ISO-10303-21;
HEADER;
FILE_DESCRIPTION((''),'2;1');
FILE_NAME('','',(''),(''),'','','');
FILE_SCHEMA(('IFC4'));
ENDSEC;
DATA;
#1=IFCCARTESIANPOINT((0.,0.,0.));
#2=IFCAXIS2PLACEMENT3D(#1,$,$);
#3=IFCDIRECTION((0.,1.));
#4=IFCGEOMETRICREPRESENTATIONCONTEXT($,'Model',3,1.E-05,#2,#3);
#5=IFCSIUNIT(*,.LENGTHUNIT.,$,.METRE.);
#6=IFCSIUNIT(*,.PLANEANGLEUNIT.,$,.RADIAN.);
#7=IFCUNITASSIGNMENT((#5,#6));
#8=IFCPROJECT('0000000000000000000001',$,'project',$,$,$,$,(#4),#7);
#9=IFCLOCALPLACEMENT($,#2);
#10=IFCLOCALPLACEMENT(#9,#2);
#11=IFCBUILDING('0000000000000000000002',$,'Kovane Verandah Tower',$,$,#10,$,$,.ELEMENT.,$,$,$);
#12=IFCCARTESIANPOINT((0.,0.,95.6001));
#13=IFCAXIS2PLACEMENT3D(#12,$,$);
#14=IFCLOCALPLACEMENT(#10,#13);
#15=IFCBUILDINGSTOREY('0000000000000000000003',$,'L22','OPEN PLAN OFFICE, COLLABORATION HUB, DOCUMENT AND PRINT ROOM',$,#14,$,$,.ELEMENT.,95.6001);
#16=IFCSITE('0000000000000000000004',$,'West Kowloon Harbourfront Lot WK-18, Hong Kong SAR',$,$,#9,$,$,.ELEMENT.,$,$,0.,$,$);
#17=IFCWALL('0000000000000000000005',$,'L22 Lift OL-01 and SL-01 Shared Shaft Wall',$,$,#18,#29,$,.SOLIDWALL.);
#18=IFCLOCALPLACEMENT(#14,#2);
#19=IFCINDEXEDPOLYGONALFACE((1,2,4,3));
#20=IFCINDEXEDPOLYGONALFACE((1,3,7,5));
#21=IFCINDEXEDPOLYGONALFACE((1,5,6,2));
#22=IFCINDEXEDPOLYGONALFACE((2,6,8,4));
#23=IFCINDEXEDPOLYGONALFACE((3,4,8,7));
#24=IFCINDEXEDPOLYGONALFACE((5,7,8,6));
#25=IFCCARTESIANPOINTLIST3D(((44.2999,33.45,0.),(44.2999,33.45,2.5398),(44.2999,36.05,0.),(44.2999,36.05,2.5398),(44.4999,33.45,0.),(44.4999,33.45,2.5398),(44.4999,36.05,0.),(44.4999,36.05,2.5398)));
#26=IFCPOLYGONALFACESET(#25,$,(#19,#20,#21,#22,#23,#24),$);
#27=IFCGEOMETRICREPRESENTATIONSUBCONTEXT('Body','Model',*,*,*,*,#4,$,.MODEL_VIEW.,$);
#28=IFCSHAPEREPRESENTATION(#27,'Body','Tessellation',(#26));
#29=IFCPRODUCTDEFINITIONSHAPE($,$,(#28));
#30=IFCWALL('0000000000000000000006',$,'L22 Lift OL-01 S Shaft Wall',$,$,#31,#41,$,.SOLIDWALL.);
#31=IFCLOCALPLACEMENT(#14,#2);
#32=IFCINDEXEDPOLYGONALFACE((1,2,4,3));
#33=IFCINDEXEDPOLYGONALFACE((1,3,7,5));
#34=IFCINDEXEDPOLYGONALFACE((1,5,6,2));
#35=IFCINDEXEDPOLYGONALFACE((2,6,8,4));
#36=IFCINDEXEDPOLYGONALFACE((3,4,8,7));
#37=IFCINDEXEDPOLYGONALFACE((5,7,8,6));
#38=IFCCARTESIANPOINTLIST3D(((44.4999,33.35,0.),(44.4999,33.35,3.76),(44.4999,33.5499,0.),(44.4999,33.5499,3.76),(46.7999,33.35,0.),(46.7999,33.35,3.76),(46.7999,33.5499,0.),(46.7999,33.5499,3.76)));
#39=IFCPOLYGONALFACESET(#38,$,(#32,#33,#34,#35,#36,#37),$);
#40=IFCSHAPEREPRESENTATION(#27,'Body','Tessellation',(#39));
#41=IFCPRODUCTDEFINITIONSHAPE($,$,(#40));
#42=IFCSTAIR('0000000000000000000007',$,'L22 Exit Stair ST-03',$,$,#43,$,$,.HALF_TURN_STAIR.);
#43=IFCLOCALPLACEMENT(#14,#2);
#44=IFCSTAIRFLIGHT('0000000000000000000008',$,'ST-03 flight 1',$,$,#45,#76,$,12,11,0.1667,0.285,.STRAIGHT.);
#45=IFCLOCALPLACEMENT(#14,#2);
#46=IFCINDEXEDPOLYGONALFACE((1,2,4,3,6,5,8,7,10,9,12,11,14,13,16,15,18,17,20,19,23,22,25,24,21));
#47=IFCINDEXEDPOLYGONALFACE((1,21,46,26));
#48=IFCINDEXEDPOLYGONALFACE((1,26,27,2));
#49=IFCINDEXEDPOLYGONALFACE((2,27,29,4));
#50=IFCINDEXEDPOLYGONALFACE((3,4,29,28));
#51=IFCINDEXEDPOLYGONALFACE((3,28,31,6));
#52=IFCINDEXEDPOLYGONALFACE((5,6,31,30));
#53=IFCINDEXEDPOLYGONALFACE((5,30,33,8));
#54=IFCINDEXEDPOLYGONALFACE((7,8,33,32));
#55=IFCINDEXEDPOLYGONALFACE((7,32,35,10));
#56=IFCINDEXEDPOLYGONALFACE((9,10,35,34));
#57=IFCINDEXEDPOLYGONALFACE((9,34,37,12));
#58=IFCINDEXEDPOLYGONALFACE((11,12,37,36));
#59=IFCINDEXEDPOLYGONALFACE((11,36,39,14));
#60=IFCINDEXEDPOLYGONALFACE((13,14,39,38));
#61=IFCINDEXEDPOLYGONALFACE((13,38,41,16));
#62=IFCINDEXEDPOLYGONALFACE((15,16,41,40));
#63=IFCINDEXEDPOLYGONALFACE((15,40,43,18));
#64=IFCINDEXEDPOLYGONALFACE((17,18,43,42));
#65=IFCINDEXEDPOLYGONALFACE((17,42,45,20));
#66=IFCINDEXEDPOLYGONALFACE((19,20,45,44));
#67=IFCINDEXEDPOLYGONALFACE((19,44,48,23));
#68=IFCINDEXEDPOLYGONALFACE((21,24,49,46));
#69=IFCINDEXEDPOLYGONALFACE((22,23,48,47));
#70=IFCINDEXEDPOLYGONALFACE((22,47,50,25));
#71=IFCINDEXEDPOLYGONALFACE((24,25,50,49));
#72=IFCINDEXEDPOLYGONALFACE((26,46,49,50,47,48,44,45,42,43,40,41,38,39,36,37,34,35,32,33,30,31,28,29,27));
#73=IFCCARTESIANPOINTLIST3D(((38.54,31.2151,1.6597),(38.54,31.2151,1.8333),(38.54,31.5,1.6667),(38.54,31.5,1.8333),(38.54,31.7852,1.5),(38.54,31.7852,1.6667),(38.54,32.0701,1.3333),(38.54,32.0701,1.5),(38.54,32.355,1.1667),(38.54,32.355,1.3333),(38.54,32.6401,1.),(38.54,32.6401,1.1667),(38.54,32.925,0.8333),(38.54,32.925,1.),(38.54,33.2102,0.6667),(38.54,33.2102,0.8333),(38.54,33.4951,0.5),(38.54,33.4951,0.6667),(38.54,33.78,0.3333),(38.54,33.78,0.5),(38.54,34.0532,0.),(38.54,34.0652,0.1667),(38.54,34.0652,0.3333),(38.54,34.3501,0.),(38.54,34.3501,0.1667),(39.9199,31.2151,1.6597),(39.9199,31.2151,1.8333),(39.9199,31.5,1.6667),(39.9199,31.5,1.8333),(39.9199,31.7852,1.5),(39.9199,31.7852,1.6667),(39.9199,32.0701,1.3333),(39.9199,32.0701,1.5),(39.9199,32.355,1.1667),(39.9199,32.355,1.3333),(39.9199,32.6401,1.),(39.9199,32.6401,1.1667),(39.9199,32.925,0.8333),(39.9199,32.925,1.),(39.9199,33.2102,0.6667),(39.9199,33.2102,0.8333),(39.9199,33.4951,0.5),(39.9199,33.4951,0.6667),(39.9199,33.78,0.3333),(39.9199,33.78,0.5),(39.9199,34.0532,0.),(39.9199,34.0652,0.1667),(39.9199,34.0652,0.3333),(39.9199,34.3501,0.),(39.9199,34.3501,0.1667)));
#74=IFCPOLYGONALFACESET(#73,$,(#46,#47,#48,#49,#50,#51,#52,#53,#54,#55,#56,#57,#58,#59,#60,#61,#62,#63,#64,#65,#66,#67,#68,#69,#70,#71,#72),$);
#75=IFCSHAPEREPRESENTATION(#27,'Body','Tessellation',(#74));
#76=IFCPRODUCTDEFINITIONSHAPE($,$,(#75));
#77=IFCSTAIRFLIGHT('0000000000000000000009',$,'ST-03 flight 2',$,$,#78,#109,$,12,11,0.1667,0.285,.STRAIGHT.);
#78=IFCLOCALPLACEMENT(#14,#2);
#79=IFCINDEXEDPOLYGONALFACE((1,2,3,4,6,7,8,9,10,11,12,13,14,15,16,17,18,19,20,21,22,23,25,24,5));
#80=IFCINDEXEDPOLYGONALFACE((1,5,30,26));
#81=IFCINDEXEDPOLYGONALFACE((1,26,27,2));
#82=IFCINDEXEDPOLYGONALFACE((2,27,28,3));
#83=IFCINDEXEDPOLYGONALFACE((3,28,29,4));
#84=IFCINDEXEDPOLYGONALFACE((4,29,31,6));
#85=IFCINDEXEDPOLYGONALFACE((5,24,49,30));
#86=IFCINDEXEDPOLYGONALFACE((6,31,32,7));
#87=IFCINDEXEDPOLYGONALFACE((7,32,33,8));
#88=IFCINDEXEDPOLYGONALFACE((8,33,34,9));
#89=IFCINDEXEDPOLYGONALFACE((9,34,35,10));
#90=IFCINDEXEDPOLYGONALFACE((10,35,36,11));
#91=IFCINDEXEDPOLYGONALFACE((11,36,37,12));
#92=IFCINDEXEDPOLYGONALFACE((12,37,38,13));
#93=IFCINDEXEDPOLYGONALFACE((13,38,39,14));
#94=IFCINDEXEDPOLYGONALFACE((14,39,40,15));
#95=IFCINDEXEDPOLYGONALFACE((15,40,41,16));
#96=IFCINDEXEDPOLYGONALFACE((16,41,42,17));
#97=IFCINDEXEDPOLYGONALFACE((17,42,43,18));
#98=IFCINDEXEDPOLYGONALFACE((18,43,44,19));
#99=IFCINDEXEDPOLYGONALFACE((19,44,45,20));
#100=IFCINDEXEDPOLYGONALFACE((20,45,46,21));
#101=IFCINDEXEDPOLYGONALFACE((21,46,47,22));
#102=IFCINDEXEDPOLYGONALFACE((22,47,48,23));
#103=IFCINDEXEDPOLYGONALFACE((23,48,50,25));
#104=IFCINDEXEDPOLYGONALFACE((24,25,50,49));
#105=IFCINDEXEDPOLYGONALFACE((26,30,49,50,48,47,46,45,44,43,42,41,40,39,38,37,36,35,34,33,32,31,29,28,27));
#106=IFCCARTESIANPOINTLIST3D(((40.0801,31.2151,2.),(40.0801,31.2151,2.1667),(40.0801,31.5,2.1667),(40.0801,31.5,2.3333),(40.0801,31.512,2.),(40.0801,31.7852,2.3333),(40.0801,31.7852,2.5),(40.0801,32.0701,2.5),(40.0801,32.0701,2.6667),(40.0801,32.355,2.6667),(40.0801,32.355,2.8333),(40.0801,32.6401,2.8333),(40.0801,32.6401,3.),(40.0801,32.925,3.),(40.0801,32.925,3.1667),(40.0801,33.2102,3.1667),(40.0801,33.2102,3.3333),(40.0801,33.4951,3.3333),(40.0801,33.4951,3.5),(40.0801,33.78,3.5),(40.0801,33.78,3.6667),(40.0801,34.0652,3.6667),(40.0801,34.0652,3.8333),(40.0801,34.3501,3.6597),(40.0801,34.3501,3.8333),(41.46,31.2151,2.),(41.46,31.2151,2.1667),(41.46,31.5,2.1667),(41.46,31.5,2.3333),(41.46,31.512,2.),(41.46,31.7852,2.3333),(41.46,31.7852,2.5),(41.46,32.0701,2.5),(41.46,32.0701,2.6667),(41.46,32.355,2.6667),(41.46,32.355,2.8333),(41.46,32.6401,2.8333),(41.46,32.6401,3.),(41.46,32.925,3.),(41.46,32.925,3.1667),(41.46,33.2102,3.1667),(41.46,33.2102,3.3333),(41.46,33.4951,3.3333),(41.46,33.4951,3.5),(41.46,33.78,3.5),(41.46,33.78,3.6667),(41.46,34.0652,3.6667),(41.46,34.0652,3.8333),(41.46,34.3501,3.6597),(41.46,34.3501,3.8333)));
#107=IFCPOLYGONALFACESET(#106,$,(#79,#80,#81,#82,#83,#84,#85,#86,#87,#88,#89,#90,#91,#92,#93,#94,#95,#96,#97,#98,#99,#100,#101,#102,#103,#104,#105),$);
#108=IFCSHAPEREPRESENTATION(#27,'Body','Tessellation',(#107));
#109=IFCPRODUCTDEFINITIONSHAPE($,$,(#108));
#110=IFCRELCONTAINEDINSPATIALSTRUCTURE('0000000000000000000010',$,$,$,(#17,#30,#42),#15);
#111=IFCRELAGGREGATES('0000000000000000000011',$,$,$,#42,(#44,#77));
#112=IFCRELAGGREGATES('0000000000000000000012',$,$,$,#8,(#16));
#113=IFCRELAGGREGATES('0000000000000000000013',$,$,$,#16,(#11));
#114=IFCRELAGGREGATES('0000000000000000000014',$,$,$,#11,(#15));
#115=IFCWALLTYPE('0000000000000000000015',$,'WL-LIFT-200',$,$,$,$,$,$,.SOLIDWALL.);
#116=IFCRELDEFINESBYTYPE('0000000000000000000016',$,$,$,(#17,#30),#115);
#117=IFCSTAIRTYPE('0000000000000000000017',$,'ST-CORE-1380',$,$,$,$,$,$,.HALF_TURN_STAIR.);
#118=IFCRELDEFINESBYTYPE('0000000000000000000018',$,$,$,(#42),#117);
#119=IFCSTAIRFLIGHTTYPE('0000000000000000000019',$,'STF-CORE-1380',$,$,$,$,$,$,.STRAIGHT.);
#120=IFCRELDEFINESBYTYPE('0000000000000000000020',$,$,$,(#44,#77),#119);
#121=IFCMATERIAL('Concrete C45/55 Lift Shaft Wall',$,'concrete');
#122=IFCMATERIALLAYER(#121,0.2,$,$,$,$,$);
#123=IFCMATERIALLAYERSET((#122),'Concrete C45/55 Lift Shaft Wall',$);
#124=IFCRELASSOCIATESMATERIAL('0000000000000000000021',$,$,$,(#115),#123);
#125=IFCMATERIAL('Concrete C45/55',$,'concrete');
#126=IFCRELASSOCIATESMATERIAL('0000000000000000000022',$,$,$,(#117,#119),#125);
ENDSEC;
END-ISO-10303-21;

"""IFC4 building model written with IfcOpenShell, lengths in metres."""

from ifc_helpers import new_model, si_unit, direction, frame, frame_2d, origin, place, context, subcontext, project, spatial, polyline, rectangle, outline, extrude, material, layer, layer_set, type_object, element, aggregate, save


model = new_model("IFC4")

# Units and contexts
model_context = context("Model", 3, precision=1e-05, world=origin(), true_north=direction((0.0, 1.0)))
body_context = subcontext(model_context, "Body", "Model", "MODEL_VIEW")
ifc_project = project(units=[si_unit("LENGTHUNIT", "METRE"), si_unit("PLANEANGLEUNIT", "RADIAN")], contexts=[model_context])

# Site, building, storey
site_placement = place(None, origin())
site = spatial("IfcSite", under=ifc_project, at=site_placement, Name="West Kowloon Harbourfront Lot WK-18, Hong Kong SAR", CompositionType="ELEMENT", RefElevation=0.0)
building_placement = place(site_placement, origin())
building = spatial("IfcBuilding", under=site, at=building_placement, Name="Kovane Verandah Tower", CompositionType="ELEMENT")
storey_placement = place(building_placement, frame((0.0, 0.0, 95.6001)))
storey = spatial("IfcBuildingStorey", under=building, at=storey_placement, Name="L22", Description="OPEN PLAN OFFICE, COLLABORATION HUB, DOCUMENT AND PRINT ROOM", CompositionType="ELEMENT", Elevation=95.6001)

# Walls
ifc_material_1 = material(Name="Concrete C45/55 Lift Shaft Wall", Category="concrete")
ifc_layer_1 = layer(ifc_material_1, 0.2)
ifc_layer_set_1 = layer_set([ifc_layer_1], Name="Concrete C45/55 Lift Shaft Wall")
wall_type_1 = type_object("IfcWallType", Name="WL-LIFT-200", PredefinedType="SOLIDWALL", material=ifc_layer_set_1)
for number, where, z_axis, x_axis, name in (
    (1, (44.3999, 33.45, 0.0), (0.0, 0.0, 1.0), (0.0, 1.0, 0.0), "L22 Lift OL-01 and SL-01 Shared Shaft Wall"),
):
    element("IfcWall", number, at=place(storey_placement, frame(where, z_axis=z_axis, x_axis=x_axis)), inside=storey, type_object=wall_type_1, Name=name, PredefinedType="SOLIDWALL", context=body_context, shape_type="SweptSolid", body=[
        extrude(rectangle(XDim=2.6001, YDim=0.2, at=frame_2d((1.3, 0.0))), origin(), (0.0, 0.0, 1.0), 2.5398),
    ])
wall_1_placement = place(storey_placement, frame((44.5, 33.45, 0.0), z_axis=(0.0, 0.0, 1.0), x_axis=(1.0, 0.0, 0.0)))
element("IfcWall", 2, at=wall_1_placement, inside=storey, type_object=wall_type_1, Name="L22 Lift OL-01 S Shaft Wall", PredefinedType="SOLIDWALL", context=body_context, shape_type="SweptSolid", body=[
    extrude(rectangle(XDim=2.3, YDim=0.2, at=frame_2d((1.1499, 0.0))), origin(), (0.0, 0.0, 1.0), 3.76),
])

# Stair, stair flights
ifc_material_2 = material(Name="Concrete C45/55", Category="concrete")
stair_type = type_object("IfcStairType", Name="ST-CORE-1380", PredefinedType="HALF_TURN_STAIR", material=ifc_material_2)
stair_placement = place(storey_placement, origin())
stair = element("IfcStair", 3, at=stair_placement, inside=storey, type_object=stair_type, Name="L22 Exit Stair ST-03", PredefinedType="HALF_TURN_STAIR")
stair_flight_type = type_object("IfcStairFlightType", Name="STF-CORE-1380", PredefinedType="STRAIGHT", material=ifc_material_2)
stair_flight_1_placement = place(storey_placement, frame((39.23, 34.3501, 0.0), z_axis=(0.0, 0.0, 1.0), x_axis=(0.0, -1.0, 0.0)))
stair_flight_1 = element("IfcStairFlight", 4, at=stair_flight_1_placement, type_object=stair_flight_type, Name="ST-03 flight 1", NumberOfRisers=12, NumberOfTreads=11, PredefinedType="STRAIGHT", RiserHeight=0.1667, TreadLength=0.285, context=body_context, shape_type="SweptSolid", body=[
    extrude(outline(polyline([(0.0, 0.0), (0.0, 0.1667), (0.2849, 0.1667), (0.2849, 0.3333), (0.5701, 0.3333), (0.5701, 0.5), (0.855, 0.5), (0.855, 0.6667), (1.1399, 0.6667), (1.1399, 0.8333), (1.425, 0.8333), (1.425, 1.0), (1.71, 1.0), (1.71, 1.1667), (1.9951, 1.1667), (1.9951, 1.3333), (2.28, 1.3333), (2.28, 1.5), (2.5649, 1.5), (2.5649, 1.6667), (2.8501, 1.6667), (2.8501, 1.8333), (3.135, 1.8333), (3.135, 2.0), (3.135, 1.6597), (0.2969, 0.0), (0.0, 0.0)])), frame((0.0, 0.6899, 0.0), z_axis=(0.0, -1.0, 0.0), x_axis=(1.0, 0.0, 0.0)), (0.0, 0.0, 1.0), 1.3799),
])
stair_flight_2_placement = place(storey_placement, frame((40.77, 31.2151, 2.0), z_axis=(0.0, 0.0, 1.0), x_axis=(0.0, 1.0, 0.0)))
stair_flight_2 = element("IfcStairFlight", 5, at=stair_flight_2_placement, type_object=stair_flight_type, Name="ST-03 flight 2", NumberOfRisers=12, NumberOfTreads=11, PredefinedType="STRAIGHT", RiserHeight=0.1667, TreadLength=0.285, context=body_context, shape_type="SweptSolid", body=[
    extrude(outline(polyline([(0.0, 0.0), (0.0, 0.1667), (0.2849, 0.1667), (0.2849, 0.3333), (0.5701, 0.3333), (0.5701, 0.5), (0.855, 0.5), (0.855, 0.6667), (1.1399, 0.6667), (1.1399, 0.8333), (1.425, 0.8333), (1.425, 1.0), (1.71, 1.0), (1.71, 1.1667), (1.9951, 1.1667), (1.9951, 1.3333), (2.28, 1.3333), (2.28, 1.5), (2.5649, 1.5), (2.5649, 1.6667), (2.8501, 1.6667), (2.8501, 1.8333), (3.135, 1.8333), (3.135, 2.0), (3.135, 1.6597), (0.2969, 0.0), (0.0, 0.0)])), frame((0.0, 0.6899, 0.0), z_axis=(0.0, -1.0, 0.0), x_axis=(1.0, 0.0, 0.0)), (0.0, 0.0, 1.0), 1.3799),
])
aggregate(stair, [stair_flight_1, stair_flight_2])

save(model, "model.ifc")
